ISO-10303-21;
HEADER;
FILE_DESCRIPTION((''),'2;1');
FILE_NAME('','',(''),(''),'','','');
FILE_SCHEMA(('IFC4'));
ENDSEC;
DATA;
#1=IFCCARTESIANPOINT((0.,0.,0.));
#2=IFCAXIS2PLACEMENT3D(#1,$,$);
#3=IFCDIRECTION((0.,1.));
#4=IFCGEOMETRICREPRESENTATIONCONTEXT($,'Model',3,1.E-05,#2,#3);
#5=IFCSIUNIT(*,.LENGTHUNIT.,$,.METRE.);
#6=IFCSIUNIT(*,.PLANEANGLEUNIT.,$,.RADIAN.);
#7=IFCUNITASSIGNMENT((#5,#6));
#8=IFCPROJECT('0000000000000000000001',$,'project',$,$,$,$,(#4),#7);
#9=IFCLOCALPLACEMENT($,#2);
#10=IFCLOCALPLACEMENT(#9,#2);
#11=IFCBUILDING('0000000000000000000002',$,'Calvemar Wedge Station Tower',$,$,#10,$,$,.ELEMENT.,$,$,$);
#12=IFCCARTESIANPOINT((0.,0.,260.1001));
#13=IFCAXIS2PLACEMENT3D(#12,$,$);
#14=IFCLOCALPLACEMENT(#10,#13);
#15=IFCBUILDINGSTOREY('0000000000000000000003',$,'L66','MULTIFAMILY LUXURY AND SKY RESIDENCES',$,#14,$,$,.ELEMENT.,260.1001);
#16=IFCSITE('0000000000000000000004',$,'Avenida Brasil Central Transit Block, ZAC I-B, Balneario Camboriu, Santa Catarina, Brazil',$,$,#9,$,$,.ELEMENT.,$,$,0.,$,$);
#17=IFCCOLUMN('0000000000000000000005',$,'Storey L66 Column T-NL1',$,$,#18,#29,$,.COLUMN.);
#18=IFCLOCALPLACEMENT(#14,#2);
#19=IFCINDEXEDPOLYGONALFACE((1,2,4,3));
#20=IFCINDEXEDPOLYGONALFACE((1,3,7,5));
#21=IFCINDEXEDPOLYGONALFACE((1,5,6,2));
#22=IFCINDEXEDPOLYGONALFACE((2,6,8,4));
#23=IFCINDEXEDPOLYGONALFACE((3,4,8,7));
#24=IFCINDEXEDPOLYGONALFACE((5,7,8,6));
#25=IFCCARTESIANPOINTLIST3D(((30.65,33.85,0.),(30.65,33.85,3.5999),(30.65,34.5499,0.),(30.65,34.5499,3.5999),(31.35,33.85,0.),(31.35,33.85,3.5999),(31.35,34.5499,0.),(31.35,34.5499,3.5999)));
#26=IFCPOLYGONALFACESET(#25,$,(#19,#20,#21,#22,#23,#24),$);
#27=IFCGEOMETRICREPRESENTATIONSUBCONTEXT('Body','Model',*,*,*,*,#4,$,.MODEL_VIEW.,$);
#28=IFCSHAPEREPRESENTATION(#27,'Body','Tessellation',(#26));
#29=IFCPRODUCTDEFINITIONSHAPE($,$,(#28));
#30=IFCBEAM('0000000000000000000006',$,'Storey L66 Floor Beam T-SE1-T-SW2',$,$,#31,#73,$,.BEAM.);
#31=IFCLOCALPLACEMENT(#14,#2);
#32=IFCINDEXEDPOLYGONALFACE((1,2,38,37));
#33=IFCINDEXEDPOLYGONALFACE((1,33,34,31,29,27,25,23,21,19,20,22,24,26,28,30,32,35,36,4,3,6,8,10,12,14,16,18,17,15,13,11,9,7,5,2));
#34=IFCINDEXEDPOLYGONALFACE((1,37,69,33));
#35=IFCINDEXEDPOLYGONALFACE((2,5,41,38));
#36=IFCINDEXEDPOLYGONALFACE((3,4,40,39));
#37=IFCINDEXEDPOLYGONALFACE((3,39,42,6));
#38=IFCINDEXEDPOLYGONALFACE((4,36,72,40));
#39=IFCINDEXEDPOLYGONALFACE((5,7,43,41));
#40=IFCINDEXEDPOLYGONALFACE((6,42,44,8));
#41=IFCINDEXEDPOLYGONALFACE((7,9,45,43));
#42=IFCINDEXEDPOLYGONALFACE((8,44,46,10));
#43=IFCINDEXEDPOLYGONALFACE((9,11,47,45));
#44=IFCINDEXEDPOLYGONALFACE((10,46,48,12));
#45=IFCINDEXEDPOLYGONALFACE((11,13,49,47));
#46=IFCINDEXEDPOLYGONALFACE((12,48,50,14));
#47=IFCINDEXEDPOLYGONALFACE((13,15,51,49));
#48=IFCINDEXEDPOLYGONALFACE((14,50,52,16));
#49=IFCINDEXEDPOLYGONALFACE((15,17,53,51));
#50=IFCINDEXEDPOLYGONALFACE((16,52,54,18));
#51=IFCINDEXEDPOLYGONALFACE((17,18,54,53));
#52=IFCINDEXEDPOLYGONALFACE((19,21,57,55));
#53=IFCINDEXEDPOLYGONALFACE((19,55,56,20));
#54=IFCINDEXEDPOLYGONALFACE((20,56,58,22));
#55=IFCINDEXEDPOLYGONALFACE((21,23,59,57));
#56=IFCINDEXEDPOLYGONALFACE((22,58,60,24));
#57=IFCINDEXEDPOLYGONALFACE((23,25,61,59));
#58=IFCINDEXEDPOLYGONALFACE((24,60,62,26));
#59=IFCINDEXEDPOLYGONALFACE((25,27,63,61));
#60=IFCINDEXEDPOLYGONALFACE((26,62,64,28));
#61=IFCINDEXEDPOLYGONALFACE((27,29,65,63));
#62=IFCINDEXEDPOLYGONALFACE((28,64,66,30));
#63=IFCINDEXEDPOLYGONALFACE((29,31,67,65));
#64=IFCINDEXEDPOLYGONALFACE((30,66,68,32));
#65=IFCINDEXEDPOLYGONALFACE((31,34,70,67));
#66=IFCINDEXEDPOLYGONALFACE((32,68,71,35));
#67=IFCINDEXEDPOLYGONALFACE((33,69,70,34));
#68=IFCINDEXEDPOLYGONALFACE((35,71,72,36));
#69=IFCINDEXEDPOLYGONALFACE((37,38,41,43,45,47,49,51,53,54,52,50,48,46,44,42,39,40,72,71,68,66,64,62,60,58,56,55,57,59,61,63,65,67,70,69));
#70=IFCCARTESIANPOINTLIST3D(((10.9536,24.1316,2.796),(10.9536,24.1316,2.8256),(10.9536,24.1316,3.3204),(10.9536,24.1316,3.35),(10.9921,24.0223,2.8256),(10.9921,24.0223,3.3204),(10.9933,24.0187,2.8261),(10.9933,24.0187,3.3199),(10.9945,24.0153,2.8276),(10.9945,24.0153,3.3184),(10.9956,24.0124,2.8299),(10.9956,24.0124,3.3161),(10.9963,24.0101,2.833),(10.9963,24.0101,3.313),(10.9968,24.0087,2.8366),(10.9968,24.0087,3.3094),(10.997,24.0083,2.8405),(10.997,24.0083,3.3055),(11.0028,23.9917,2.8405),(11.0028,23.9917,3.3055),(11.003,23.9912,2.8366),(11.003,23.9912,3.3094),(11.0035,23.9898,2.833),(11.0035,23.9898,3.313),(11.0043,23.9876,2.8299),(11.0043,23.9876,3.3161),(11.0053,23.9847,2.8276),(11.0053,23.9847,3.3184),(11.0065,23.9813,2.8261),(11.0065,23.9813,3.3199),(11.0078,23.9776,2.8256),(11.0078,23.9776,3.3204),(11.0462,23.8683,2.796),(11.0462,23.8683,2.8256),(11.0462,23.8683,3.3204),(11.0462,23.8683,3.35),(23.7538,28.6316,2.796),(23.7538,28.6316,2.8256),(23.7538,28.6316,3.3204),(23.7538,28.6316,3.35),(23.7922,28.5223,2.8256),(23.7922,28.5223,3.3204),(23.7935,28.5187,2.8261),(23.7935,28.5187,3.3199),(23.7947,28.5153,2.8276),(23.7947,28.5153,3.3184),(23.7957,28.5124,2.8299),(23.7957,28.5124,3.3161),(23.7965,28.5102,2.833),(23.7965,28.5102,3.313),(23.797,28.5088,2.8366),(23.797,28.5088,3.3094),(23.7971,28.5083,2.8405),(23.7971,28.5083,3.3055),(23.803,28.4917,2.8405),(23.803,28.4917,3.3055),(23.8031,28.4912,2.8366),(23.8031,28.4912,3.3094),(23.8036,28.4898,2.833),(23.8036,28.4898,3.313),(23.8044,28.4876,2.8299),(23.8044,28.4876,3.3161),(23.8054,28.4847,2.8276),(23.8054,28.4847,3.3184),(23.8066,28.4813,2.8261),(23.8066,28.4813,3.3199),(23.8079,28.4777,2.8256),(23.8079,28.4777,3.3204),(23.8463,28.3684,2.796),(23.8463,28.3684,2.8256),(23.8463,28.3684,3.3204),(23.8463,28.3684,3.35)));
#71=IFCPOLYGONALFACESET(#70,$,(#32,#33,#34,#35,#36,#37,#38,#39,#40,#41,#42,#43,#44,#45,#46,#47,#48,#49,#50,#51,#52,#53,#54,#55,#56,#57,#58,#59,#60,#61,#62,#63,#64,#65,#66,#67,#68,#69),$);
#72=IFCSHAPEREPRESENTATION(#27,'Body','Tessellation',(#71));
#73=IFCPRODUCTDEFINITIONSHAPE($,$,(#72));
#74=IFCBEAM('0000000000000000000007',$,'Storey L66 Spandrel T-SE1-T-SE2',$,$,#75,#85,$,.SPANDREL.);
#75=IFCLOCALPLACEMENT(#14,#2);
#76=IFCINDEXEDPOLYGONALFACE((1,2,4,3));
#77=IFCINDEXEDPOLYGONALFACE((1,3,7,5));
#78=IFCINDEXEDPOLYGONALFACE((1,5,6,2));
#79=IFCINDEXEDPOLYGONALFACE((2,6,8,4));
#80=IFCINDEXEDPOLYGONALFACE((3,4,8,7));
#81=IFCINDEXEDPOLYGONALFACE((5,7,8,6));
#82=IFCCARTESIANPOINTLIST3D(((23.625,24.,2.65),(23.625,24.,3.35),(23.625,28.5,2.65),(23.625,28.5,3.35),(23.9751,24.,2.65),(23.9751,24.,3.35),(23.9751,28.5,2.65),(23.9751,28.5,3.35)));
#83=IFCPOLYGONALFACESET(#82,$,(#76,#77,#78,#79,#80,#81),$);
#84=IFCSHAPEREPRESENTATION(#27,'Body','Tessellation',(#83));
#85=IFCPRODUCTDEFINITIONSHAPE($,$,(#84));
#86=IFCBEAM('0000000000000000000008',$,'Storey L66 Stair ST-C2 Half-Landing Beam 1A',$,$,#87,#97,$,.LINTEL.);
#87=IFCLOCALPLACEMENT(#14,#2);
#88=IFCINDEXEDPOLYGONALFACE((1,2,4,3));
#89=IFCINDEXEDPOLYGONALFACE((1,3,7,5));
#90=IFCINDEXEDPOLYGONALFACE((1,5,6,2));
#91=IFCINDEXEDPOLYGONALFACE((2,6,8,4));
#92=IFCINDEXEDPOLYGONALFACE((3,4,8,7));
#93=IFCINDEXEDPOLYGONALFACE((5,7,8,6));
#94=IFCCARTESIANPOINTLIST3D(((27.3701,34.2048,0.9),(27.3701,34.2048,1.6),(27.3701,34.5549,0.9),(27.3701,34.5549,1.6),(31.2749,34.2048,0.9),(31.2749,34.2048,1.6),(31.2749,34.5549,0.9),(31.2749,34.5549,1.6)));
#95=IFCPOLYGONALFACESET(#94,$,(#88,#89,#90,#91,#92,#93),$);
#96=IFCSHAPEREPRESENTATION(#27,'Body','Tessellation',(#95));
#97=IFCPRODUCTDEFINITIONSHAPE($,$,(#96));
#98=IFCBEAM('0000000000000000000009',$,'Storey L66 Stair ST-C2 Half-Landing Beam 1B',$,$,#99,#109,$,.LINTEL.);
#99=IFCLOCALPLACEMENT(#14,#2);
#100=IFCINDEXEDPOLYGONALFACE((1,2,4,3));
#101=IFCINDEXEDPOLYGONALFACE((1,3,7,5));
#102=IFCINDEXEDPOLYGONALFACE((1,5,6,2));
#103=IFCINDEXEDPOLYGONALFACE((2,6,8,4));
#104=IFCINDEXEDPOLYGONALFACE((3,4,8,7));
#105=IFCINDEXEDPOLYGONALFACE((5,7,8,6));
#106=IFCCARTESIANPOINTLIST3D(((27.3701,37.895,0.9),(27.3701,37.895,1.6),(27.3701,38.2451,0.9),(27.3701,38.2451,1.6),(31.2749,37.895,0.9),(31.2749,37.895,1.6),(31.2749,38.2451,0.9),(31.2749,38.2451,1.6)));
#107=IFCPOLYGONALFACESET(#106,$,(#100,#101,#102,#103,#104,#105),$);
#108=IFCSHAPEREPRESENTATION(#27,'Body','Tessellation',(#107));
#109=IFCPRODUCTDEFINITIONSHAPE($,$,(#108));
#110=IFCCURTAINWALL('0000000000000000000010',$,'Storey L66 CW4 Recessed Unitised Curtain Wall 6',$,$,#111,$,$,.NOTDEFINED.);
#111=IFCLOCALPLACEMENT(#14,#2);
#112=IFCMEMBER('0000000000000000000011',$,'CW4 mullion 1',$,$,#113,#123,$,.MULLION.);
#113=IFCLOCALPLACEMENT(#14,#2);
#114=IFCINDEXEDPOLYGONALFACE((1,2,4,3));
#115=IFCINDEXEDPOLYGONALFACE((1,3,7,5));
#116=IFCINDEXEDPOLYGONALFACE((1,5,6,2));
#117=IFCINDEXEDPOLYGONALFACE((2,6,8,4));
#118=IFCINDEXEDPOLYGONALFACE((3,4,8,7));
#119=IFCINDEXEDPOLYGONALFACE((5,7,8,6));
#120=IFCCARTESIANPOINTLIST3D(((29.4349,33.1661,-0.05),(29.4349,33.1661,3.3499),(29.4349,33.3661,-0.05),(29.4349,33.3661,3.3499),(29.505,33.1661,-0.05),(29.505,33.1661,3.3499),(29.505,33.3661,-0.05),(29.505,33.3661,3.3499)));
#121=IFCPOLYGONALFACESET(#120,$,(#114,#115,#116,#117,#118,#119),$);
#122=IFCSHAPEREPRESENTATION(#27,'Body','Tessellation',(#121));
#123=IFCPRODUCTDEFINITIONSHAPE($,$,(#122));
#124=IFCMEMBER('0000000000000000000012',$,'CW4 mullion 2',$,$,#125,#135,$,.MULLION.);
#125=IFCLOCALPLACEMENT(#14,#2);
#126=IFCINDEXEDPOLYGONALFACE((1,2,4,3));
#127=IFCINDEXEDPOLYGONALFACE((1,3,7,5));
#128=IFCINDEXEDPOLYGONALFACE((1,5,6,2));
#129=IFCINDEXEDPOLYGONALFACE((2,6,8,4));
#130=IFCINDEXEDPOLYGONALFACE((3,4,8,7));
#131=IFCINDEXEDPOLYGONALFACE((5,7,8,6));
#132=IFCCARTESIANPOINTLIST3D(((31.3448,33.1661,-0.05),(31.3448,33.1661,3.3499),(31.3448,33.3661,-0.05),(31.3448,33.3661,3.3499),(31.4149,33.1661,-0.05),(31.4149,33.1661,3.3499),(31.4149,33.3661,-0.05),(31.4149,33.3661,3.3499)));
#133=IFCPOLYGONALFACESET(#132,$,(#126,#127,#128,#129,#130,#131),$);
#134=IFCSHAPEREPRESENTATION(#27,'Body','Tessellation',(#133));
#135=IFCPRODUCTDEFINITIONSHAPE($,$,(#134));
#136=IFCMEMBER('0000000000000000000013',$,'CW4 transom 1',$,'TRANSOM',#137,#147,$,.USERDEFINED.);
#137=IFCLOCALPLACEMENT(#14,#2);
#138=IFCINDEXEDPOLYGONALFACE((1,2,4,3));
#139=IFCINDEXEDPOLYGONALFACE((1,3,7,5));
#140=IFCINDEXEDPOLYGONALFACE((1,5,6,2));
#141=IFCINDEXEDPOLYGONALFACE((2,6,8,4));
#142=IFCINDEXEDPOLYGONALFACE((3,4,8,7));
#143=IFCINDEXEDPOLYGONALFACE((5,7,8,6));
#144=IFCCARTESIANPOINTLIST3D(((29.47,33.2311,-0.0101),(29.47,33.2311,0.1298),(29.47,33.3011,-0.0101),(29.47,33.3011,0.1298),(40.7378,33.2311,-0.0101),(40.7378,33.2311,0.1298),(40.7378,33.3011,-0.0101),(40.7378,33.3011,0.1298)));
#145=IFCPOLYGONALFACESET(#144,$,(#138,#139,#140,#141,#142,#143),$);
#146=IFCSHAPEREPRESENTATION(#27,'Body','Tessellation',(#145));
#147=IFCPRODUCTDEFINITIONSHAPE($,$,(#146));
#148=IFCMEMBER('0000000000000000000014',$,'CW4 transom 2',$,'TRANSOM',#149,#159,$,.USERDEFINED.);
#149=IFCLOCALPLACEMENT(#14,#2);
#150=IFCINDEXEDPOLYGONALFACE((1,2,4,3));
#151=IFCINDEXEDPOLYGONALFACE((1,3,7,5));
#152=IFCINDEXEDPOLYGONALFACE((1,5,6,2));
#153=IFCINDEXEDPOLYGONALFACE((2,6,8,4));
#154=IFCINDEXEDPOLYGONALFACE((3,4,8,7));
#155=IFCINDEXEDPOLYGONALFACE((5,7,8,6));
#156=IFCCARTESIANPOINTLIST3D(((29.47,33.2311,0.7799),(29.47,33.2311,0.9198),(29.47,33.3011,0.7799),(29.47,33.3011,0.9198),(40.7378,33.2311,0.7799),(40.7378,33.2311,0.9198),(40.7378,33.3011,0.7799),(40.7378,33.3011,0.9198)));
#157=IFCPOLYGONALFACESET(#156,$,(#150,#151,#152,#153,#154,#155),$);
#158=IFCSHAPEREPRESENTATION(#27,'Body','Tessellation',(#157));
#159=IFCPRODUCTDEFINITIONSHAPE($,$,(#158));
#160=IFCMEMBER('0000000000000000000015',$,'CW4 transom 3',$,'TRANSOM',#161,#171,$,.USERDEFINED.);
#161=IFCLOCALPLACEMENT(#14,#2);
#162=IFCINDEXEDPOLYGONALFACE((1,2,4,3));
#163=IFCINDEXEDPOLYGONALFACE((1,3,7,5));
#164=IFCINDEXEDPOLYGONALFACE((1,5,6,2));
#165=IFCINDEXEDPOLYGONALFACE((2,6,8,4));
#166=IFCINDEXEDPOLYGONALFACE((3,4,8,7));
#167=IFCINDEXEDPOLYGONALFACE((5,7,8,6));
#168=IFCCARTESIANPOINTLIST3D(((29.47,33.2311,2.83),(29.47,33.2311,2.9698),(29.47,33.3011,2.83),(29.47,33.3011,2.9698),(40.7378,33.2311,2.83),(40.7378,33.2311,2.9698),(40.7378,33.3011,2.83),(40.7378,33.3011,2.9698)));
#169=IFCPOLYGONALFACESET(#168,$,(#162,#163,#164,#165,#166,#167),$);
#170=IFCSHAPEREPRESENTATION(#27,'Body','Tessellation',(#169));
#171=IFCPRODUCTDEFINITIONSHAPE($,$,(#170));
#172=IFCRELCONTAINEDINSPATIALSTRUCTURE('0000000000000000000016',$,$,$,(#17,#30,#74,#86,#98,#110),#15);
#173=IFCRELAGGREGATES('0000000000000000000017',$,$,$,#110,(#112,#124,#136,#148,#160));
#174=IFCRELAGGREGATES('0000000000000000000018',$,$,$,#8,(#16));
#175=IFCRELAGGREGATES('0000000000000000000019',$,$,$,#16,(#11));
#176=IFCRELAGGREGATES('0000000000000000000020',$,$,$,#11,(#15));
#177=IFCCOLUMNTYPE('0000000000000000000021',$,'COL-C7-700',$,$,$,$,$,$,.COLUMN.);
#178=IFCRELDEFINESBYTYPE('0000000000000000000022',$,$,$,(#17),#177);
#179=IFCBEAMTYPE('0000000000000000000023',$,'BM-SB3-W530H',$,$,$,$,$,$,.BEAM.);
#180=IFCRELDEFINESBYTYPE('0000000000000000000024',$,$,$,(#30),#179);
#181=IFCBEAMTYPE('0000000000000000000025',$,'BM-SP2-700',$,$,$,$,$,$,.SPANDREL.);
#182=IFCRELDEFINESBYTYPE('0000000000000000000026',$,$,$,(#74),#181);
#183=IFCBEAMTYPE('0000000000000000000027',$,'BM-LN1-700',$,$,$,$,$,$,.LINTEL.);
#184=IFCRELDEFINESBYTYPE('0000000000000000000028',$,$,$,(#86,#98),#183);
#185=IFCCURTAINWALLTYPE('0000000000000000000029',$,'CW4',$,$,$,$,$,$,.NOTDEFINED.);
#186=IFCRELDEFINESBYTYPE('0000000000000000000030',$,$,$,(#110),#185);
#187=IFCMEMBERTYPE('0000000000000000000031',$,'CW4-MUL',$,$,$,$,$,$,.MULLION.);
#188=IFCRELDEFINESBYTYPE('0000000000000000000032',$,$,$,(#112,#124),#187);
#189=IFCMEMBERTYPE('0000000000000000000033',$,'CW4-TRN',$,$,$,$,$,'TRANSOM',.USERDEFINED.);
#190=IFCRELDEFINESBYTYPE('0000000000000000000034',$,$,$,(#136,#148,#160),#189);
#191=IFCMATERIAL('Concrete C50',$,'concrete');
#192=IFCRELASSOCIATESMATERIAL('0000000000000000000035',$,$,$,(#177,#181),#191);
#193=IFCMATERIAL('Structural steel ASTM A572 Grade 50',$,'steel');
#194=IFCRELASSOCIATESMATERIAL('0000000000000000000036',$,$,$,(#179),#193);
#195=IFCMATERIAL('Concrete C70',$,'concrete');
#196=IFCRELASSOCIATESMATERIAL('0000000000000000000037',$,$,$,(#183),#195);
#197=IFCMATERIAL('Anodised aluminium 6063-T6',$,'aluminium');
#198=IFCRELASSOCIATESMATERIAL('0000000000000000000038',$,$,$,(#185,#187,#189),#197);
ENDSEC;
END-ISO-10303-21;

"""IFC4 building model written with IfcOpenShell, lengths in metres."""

from ifc_helpers import new_model, si_unit, direction, frame, origin, origin_2d, place, context, subcontext, project, spatial, rectangle, i_section, extrude, source, transform, mapped, material, material_profile, profile_set, type_object, element, aggregate, save


model = new_model("IFC4")

# Units and contexts
model_context = context("Model", 3, precision=1e-05, world=origin(), true_north=direction((0.0, 1.0)))
body_context = subcontext(model_context, "Body", "Model", "MODEL_VIEW")
ifc_project = project(units=[si_unit("LENGTHUNIT", "METRE"), si_unit("PLANEANGLEUNIT", "RADIAN")], contexts=[model_context])

# Site, building, storey
site_placement = place(None, origin())
site = spatial("IfcSite", under=ifc_project, at=site_placement, Name="Avenida Brasil Central Transit Block, ZAC I-B, Balneario Camboriu, Santa Catarina, Brazil", CompositionType="ELEMENT", RefElevation=0.0)
building_placement = place(site_placement, origin())
building = spatial("IfcBuilding", under=site, at=building_placement, Name="Calvemar Wedge Station Tower", CompositionType="ELEMENT")
storey_placement = place(building_placement, frame((0.0, 0.0, 260.1001)))
storey = spatial("IfcBuildingStorey", under=building, at=storey_placement, Name="L66", Description="MULTIFAMILY LUXURY AND SKY RESIDENCES", CompositionType="ELEMENT", Elevation=260.1001)

# Column
ifc_material_1 = material(Name="Concrete C50", Category="concrete")
ifc_material_profile_1 = material_profile(ifc_material_1, rectangle(XDim=0.7, YDim=0.7, at=origin_2d()), Name="RC700x700")
ifc_profile_set_1 = profile_set([ifc_material_profile_1], Name="Concrete C50")
column_type = type_object("IfcColumnType", Name="COL-C7-700", PredefinedType="COLUMN", material=ifc_profile_set_1)
shared_shape_1 = source(origin(), body_context, "Body", "SweptSolid", [
    extrude(rectangle(XDim=0.7, YDim=0.7, at=origin_2d()), origin(), (0.0, 0.0, 1.0), 3.5999),
])
column_placement = place(storey_placement, frame((31.0, 34.2, 0.0), z_axis=(0.0, 0.0, 1.0), x_axis=(1.0, 0.0, 0.0)))
element("IfcColumn", 1, at=column_placement, inside=storey, type_object=column_type, Name="Storey L66 Column T-NL1", PredefinedType="COLUMN", context=body_context, shape_type="MappedRepresentation", body=[
    mapped(shared_shape_1, transform((0.0, 0.0, 0.0), scale=1.0)),
])

# Beams
ifc_material_2 = material(Name="Structural steel ASTM A572 Grade 50", Category="steel")
ifc_material_profile_2 = material_profile(ifc_material_2, i_section(OverallWidth=0.2791, OverallDepth=0.554, WebThickness=0.0176, FlangeThickness=0.0295, FilletRadius=0.0149, at=origin_2d()), Name="W530x196")
ifc_profile_set_2 = profile_set([ifc_material_profile_2], Name="Structural steel ASTM A572 Grade 50")
beam_type_1 = type_object("IfcBeamType", Name="BM-SB3-W530H", PredefinedType="BEAM", material=ifc_profile_set_2)
shared_shape_2 = source(origin(), body_context, "Body", "SweptSolid", [
    extrude(i_section(OverallWidth=0.2791, OverallDepth=0.554, WebThickness=0.0176, FlangeThickness=0.0295, FilletRadius=0.0149, at=origin_2d()), origin(), (0.0, 0.0, 1.0), 13.5681),
])
beam_1_placement = place(storey_placement, frame((23.8, 28.5, 3.073), z_axis=(-0.943398, -0.331662, 0.0), x_axis=(0.331662, -0.943398, 0.0)))
element("IfcBeam", 2, at=beam_1_placement, inside=storey, type_object=beam_type_1, Name="Storey L66 Floor Beam T-SE1-T-SW2", PredefinedType="BEAM", context=body_context, shape_type="MappedRepresentation", body=[
    mapped(shared_shape_2, transform((0.0, 0.0, 0.0), scale=1.0)),
])
ifc_material_profile_3 = material_profile(ifc_material_1, rectangle(XDim=0.3501, YDim=0.7, at=origin_2d()), Name="RC350x700")
ifc_profile_set_3 = profile_set([ifc_material_profile_3], Name="Concrete C50")
beam_type_2 = type_object("IfcBeamType", Name="BM-SP2-700", PredefinedType="SPANDREL", material=ifc_profile_set_3)
shared_shape_3 = source(origin(), body_context, "Body", "SweptSolid", [
    extrude(rectangle(XDim=0.3501, YDim=0.7, at=origin_2d()), origin(), (0.0, 0.0, 1.0), 4.5),
])
beam_2_placement = place(storey_placement, frame((23.8, 28.5, 3.0), z_axis=(0.0, -1.0, 0.0), x_axis=(1.0, 0.0, 0.0)))
element("IfcBeam", 3, at=beam_2_placement, inside=storey, type_object=beam_type_2, Name="Storey L66 Spandrel T-SE1-T-SE2", PredefinedType="SPANDREL", context=body_context, shape_type="MappedRepresentation", body=[
    mapped(shared_shape_3, transform((0.0, 0.0, 0.0), scale=1.0)),
])
ifc_material_3 = material(Name="Concrete C70", Category="concrete")
ifc_material_profile_4 = material_profile(ifc_material_3, rectangle(XDim=0.3501, YDim=0.7, at=origin_2d()), Name="RC350x700")
ifc_profile_set_4 = profile_set([ifc_material_profile_4], Name="Concrete C70")
beam_type_3 = type_object("IfcBeamType", Name="BM-LN1-700", PredefinedType="LINTEL", material=ifc_profile_set_4)
shared_shape_4 = source(origin(), body_context, "Body", "SweptSolid", [
    extrude(rectangle(XDim=0.3501, YDim=0.7, at=origin_2d()), origin(), (0.0, 0.0, 1.0), 3.9048),
])
for number, where, z_axis, x_axis, name in (
    (4, (27.3701, 34.3799, 1.25), (1.0, 0.0, 0.0), (0.0, 1.0, 0.0), "Storey L66 Stair ST-C2 Half-Landing Beam 1A"),
    (5, (27.3701, 38.0701, 1.25), (1.0, 0.0, 0.0), (0.0, 1.0, 0.0), "Storey L66 Stair ST-C2 Half-Landing Beam 1B"),
):
    element("IfcBeam", number, at=place(storey_placement, frame(where, z_axis=z_axis, x_axis=x_axis)), inside=storey, type_object=beam_type_3, Name=name, PredefinedType="LINTEL", context=body_context, shape_type="MappedRepresentation", body=[
        mapped(shared_shape_4, transform((0.0, 0.0, 0.0), scale=1.0)),
    ])

# Curtain wall, members
ifc_material_4 = material(Name="Anodised aluminium 6063-T6", Category="aluminium")
curtain_wall_type = type_object("IfcCurtainWallType", Name="CW4", PredefinedType="NOTDEFINED", material=ifc_material_4)
curtain_wall_placement = place(storey_placement, origin())
curtain_wall = element("IfcCurtainWall", 6, at=curtain_wall_placement, inside=storey, type_object=curtain_wall_type, Name="Storey L66 CW4 Recessed Unitised Curtain Wall 6", PredefinedType="NOTDEFINED")
ifc_material_profile_5 = material_profile(ifc_material_4, rectangle(XDim=0.0701, YDim=0.2, at=origin_2d()), Name="AL-MUL-70x200")
ifc_profile_set_5 = profile_set([ifc_material_profile_5], Name="Anodised aluminium 6063-T6")
member_type_1 = type_object("IfcMemberType", Name="CW4-MUL", PredefinedType="MULLION", material=ifc_profile_set_5)
shared_shape_5 = source(origin(), body_context, "Body", "SweptSolid", [
    extrude(rectangle(XDim=0.0701, YDim=0.2, at=origin_2d()), origin(), (0.0, 0.0, 1.0), 3.3999),
])
member_1_placement = place(storey_placement, frame((29.47, 33.2661, -0.05), z_axis=(0.0, 0.0, 1.0), x_axis=(1.0, 0.0, 0.0)))
member_1 = element("IfcMember", 7, at=member_1_placement, type_object=member_type_1, Name="CW4 mullion 1", PredefinedType="MULLION", context=body_context, shape_type="MappedRepresentation", body=[
    mapped(shared_shape_5, transform((0.0, 0.0, 0.0), scale=1.0)),
])
member_2_placement = place(storey_placement, frame((31.3799, 33.2661, -0.05), z_axis=(0.0, 0.0, 1.0), x_axis=(1.0, 0.0, 0.0)))
member_2 = element("IfcMember", 8, at=member_2_placement, type_object=member_type_1, Name="CW4 mullion 2", PredefinedType="MULLION", context=body_context, shape_type="MappedRepresentation", body=[
    mapped(shared_shape_5, transform((0.0, 0.0, 0.0), scale=1.0)),
])
ifc_material_profile_6 = material_profile(ifc_material_4, rectangle(XDim=0.0701, YDim=0.1399, at=origin_2d()), Name="AL-TRN-70x140")
ifc_profile_set_6 = profile_set([ifc_material_profile_6], Name="Anodised aluminium 6063-T6")
member_type_2 = type_object("IfcMemberType", Name="CW4-TRN", ElementType="TRANSOM", PredefinedType="USERDEFINED", material=ifc_profile_set_6)
shared_shape_6 = source(origin(), body_context, "Body", "SweptSolid", [
    extrude(rectangle(XDim=0.0701, YDim=0.1399, at=origin_2d()), origin(), (0.0, 0.0, 1.0), 11.2678),
])
member_3_placement = place(storey_placement, frame((29.47, 33.2661, 0.0598), z_axis=(1.0, 0.0, 0.0), x_axis=(0.0, 1.0, 0.0)))
member_3 = element("IfcMember", 9, at=member_3_placement, type_object=member_type_2, Name="CW4 transom 1", ObjectType="TRANSOM", PredefinedType="USERDEFINED", context=body_context, shape_type="MappedRepresentation", body=[
    mapped(shared_shape_6, transform((0.0, 0.0, 0.0), scale=1.0)),
])
member_4_placement = place(storey_placement, frame((29.47, 33.2661, 0.8499), z_axis=(1.0, 0.0, 0.0), x_axis=(0.0, 1.0, 0.0)))
member_4 = element("IfcMember", 10, at=member_4_placement, type_object=member_type_2, Name="CW4 transom 2", ObjectType="TRANSOM", PredefinedType="USERDEFINED", context=body_context, shape_type="MappedRepresentation", body=[
    mapped(shared_shape_6, transform((0.0, 0.0, 0.0), scale=1.0)),
])
member_5_placement = place(storey_placement, frame((29.47, 33.2661, 2.8999), z_axis=(1.0, 0.0, 0.0), x_axis=(0.0, 1.0, 0.0)))
member_5 = element("IfcMember", 11, at=member_5_placement, type_object=member_type_2, Name="CW4 transom 3", ObjectType="TRANSOM", PredefinedType="USERDEFINED", context=body_context, shape_type="MappedRepresentation", body=[
    mapped(shared_shape_6, transform((0.0, 0.0, 0.0), scale=1.0)),
])
aggregate(curtain_wall, [member_1, member_2, member_3, member_4, member_5])

save(model, "model.ifc")
